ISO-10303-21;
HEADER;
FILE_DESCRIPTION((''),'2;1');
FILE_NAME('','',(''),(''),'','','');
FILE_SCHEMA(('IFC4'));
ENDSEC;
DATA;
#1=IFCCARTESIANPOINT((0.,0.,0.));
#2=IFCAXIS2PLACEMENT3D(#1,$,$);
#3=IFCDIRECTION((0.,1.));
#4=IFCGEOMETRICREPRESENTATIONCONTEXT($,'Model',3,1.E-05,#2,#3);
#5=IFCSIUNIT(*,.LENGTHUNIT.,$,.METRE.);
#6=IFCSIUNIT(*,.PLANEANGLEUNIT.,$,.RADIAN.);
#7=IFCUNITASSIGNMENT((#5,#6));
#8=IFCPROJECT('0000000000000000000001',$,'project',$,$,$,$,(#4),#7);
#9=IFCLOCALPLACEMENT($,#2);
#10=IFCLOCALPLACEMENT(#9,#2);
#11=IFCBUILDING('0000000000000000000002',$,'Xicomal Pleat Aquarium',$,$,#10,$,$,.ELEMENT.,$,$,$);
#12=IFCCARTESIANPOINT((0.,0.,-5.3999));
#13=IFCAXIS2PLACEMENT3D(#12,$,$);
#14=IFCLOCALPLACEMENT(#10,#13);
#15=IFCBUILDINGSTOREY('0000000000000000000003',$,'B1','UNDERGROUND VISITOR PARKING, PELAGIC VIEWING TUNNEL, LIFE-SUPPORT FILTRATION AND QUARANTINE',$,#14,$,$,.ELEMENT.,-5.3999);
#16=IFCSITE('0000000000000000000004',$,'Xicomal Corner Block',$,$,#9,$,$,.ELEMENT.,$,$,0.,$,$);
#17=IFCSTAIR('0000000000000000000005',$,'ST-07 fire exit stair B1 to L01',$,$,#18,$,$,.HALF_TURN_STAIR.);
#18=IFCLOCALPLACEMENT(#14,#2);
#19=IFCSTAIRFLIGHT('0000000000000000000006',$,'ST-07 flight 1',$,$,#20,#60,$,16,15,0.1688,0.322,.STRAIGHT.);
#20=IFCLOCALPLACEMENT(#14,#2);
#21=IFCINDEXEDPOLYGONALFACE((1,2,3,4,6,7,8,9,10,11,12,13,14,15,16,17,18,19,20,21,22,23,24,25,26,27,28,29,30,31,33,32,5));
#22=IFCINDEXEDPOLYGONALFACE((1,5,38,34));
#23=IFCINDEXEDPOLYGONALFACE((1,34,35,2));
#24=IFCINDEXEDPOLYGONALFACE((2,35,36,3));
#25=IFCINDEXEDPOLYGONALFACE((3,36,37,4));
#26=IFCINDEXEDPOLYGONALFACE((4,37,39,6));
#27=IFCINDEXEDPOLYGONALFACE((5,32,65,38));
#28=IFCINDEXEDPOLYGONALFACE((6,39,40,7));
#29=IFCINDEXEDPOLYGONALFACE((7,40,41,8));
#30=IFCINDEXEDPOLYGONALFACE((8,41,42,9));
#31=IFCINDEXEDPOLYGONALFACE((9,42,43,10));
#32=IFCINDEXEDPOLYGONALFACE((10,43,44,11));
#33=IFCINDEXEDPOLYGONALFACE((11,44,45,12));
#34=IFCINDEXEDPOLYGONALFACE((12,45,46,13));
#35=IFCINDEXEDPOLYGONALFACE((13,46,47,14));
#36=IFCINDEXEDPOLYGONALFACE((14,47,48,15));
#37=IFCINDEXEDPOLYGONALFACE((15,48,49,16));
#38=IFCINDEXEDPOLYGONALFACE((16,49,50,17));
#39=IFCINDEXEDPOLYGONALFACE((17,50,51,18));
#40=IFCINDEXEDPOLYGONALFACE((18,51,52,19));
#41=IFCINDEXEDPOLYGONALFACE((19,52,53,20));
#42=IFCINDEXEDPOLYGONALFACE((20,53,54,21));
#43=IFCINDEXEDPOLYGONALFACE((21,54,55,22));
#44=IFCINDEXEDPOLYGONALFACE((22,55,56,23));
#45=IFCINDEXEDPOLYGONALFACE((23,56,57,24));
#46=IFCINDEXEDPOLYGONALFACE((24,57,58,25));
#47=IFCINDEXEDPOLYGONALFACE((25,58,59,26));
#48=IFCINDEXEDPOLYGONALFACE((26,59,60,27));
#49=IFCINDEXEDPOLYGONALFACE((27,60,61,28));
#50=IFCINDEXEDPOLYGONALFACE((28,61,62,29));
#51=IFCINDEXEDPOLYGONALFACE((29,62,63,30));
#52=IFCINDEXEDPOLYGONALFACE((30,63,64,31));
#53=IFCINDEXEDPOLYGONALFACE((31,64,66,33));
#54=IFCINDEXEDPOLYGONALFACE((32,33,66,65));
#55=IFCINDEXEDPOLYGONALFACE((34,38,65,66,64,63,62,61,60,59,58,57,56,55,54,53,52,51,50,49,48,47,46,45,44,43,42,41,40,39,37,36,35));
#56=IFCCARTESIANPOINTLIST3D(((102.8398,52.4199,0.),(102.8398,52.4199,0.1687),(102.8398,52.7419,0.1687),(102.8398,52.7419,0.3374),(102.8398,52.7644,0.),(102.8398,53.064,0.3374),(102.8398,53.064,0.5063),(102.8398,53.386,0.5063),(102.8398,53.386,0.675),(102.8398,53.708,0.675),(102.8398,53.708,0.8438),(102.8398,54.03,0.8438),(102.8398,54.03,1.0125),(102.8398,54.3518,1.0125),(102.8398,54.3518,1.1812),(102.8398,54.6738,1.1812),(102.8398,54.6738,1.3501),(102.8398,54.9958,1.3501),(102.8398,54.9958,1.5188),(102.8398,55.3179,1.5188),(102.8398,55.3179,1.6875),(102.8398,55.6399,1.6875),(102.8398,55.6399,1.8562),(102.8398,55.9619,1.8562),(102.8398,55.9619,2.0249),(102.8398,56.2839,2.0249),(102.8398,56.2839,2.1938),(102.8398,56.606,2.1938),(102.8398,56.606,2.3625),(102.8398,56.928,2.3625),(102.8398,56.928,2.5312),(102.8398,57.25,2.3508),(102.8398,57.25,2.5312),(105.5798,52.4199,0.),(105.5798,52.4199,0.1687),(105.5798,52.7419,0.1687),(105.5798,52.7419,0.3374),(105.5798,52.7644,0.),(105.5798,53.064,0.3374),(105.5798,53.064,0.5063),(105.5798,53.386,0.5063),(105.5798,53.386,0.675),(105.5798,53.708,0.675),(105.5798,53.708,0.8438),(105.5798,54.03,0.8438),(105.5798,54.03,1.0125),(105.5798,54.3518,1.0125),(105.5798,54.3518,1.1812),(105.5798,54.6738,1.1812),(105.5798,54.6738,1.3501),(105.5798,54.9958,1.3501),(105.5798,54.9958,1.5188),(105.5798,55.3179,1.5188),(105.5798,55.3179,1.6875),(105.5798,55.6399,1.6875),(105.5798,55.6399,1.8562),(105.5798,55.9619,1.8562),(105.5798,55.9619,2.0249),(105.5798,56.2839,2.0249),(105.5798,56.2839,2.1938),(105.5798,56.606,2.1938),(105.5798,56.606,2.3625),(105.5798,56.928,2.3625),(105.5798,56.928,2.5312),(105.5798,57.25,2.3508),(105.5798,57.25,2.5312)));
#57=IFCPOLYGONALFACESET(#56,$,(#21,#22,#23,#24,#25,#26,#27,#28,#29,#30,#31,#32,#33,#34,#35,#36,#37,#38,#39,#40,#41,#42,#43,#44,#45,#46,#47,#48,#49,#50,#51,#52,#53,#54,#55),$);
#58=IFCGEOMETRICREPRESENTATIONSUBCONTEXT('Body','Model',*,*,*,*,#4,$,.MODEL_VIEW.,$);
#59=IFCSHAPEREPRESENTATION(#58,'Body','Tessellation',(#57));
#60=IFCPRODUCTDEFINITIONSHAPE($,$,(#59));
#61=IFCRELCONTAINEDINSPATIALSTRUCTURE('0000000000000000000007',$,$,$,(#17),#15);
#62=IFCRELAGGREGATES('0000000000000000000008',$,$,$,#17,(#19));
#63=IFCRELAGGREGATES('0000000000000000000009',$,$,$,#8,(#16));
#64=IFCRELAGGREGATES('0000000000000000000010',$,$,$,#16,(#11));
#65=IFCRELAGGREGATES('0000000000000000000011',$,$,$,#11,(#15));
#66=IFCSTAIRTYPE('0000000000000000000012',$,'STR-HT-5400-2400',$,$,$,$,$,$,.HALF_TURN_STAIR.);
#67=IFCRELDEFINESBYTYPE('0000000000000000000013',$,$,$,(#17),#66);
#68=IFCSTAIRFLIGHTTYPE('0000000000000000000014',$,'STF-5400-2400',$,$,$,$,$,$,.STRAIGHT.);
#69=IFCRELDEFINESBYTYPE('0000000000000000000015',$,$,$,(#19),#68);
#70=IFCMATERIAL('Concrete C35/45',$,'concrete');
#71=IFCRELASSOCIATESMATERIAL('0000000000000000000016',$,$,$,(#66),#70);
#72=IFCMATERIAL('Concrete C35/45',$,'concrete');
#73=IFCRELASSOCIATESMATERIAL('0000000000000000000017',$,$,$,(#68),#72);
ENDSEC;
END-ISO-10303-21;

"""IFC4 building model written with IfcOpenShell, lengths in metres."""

from ifc_helpers import new_model, si_unit, direction, frame, origin, place, context, subcontext, project, spatial, polyline, outline, extrude, material, type_object, element, aggregate, save


model = new_model("IFC4")

# Units and contexts
model_context = context("Model", 3, precision=1e-05, world=origin(), true_north=direction((0.0, 1.0)))
body_context = subcontext(model_context, "Body", "Model", "MODEL_VIEW")
ifc_project = project(units=[si_unit("LENGTHUNIT", "METRE"), si_unit("PLANEANGLEUNIT", "RADIAN")], contexts=[model_context])

# Site, building, storey
site_placement = place(None, origin())
site = spatial("IfcSite", under=ifc_project, at=site_placement, Name="Xicomal Corner Block", CompositionType="ELEMENT", RefElevation=0.0)
building_placement = place(site_placement, origin())
building = spatial("IfcBuilding", under=site, at=building_placement, Name="Xicomal Pleat Aquarium", CompositionType="ELEMENT")
storey_placement = place(building_placement, frame((0.0, 0.0, -5.3999)))
storey = spatial("IfcBuildingStorey", under=building, at=storey_placement, Name="B1", Description="UNDERGROUND VISITOR PARKING, PELAGIC VIEWING TUNNEL, LIFE-SUPPORT FILTRATION AND QUARANTINE", CompositionType="ELEMENT", Elevation=-5.3999)

# Stair, stair flight
ifc_material_1 = material(Name="Concrete C35/45", Category="concrete")
stair_type = type_object("IfcStairType", Name="STR-HT-5400-2400", PredefinedType="HALF_TURN_STAIR", material=ifc_material_1)
stair_placement = place(storey_placement, origin())
stair = element("IfcStair", 1, at=stair_placement, inside=storey, type_object=stair_type, Name="ST-07 fire exit stair B1 to L01", PredefinedType="HALF_TURN_STAIR")
ifc_material_2 = material(Name="Concrete C35/45", Category="concrete")
stair_flight_type = type_object("IfcStairFlightType", Name="STF-5400-2400", PredefinedType="STRAIGHT", material=ifc_material_2)
stair_flight_placement = place(storey_placement, frame((104.21, 52.4199, 0.0), z_axis=(0.0, 0.0, 1.0), x_axis=(0.0, 1.0, 0.0)))
stair_flight = element("IfcStairFlight", 2, at=stair_flight_placement, type_object=stair_flight_type, Name="ST-07 flight 1", NumberOfRisers=16, NumberOfTreads=15, PredefinedType="STRAIGHT", RiserHeight=0.1688, TreadLength=0.322, context=body_context, shape_type="SweptSolid", body=[
    extrude(outline(polyline([(0.0, 0.0), (0.0, 0.1687), (0.322, 0.1687), (0.322, 0.3374), (0.644, 0.3374), (0.644, 0.5063), (0.9661, 0.5063), (0.9661, 0.675), (1.2881, 0.675), (1.2881, 0.8438), (1.6101, 0.8438), (1.6101, 1.0125), (1.9319, 1.0125), (1.9319, 1.1812), (2.2539, 1.1812), (2.2539, 1.3501), (2.5759, 1.3501), (2.5759, 1.5188), (2.8979, 1.5188), (2.8979, 1.6875), (3.22, 1.6875), (3.22, 1.8562), (3.542, 1.8562), (3.542, 2.0249), (3.864, 2.0249), (3.864, 2.1938), (4.186, 2.1938), (4.186, 2.3625), (4.5081, 2.3625), (4.5081, 2.5312), (4.8301, 2.5312), (4.8301, 2.7), (4.8301, 2.3508), (0.3445, 0.0), (0.0, 0.0)])), frame((0.0, 1.3701, 0.0), z_axis=(0.0, -1.0, 0.0), x_axis=(1.0, 0.0, 0.0)), (0.0, 0.0, 1.0), 2.74),
])
aggregate(stair, [stair_flight])

save(model, "model.ifc")
